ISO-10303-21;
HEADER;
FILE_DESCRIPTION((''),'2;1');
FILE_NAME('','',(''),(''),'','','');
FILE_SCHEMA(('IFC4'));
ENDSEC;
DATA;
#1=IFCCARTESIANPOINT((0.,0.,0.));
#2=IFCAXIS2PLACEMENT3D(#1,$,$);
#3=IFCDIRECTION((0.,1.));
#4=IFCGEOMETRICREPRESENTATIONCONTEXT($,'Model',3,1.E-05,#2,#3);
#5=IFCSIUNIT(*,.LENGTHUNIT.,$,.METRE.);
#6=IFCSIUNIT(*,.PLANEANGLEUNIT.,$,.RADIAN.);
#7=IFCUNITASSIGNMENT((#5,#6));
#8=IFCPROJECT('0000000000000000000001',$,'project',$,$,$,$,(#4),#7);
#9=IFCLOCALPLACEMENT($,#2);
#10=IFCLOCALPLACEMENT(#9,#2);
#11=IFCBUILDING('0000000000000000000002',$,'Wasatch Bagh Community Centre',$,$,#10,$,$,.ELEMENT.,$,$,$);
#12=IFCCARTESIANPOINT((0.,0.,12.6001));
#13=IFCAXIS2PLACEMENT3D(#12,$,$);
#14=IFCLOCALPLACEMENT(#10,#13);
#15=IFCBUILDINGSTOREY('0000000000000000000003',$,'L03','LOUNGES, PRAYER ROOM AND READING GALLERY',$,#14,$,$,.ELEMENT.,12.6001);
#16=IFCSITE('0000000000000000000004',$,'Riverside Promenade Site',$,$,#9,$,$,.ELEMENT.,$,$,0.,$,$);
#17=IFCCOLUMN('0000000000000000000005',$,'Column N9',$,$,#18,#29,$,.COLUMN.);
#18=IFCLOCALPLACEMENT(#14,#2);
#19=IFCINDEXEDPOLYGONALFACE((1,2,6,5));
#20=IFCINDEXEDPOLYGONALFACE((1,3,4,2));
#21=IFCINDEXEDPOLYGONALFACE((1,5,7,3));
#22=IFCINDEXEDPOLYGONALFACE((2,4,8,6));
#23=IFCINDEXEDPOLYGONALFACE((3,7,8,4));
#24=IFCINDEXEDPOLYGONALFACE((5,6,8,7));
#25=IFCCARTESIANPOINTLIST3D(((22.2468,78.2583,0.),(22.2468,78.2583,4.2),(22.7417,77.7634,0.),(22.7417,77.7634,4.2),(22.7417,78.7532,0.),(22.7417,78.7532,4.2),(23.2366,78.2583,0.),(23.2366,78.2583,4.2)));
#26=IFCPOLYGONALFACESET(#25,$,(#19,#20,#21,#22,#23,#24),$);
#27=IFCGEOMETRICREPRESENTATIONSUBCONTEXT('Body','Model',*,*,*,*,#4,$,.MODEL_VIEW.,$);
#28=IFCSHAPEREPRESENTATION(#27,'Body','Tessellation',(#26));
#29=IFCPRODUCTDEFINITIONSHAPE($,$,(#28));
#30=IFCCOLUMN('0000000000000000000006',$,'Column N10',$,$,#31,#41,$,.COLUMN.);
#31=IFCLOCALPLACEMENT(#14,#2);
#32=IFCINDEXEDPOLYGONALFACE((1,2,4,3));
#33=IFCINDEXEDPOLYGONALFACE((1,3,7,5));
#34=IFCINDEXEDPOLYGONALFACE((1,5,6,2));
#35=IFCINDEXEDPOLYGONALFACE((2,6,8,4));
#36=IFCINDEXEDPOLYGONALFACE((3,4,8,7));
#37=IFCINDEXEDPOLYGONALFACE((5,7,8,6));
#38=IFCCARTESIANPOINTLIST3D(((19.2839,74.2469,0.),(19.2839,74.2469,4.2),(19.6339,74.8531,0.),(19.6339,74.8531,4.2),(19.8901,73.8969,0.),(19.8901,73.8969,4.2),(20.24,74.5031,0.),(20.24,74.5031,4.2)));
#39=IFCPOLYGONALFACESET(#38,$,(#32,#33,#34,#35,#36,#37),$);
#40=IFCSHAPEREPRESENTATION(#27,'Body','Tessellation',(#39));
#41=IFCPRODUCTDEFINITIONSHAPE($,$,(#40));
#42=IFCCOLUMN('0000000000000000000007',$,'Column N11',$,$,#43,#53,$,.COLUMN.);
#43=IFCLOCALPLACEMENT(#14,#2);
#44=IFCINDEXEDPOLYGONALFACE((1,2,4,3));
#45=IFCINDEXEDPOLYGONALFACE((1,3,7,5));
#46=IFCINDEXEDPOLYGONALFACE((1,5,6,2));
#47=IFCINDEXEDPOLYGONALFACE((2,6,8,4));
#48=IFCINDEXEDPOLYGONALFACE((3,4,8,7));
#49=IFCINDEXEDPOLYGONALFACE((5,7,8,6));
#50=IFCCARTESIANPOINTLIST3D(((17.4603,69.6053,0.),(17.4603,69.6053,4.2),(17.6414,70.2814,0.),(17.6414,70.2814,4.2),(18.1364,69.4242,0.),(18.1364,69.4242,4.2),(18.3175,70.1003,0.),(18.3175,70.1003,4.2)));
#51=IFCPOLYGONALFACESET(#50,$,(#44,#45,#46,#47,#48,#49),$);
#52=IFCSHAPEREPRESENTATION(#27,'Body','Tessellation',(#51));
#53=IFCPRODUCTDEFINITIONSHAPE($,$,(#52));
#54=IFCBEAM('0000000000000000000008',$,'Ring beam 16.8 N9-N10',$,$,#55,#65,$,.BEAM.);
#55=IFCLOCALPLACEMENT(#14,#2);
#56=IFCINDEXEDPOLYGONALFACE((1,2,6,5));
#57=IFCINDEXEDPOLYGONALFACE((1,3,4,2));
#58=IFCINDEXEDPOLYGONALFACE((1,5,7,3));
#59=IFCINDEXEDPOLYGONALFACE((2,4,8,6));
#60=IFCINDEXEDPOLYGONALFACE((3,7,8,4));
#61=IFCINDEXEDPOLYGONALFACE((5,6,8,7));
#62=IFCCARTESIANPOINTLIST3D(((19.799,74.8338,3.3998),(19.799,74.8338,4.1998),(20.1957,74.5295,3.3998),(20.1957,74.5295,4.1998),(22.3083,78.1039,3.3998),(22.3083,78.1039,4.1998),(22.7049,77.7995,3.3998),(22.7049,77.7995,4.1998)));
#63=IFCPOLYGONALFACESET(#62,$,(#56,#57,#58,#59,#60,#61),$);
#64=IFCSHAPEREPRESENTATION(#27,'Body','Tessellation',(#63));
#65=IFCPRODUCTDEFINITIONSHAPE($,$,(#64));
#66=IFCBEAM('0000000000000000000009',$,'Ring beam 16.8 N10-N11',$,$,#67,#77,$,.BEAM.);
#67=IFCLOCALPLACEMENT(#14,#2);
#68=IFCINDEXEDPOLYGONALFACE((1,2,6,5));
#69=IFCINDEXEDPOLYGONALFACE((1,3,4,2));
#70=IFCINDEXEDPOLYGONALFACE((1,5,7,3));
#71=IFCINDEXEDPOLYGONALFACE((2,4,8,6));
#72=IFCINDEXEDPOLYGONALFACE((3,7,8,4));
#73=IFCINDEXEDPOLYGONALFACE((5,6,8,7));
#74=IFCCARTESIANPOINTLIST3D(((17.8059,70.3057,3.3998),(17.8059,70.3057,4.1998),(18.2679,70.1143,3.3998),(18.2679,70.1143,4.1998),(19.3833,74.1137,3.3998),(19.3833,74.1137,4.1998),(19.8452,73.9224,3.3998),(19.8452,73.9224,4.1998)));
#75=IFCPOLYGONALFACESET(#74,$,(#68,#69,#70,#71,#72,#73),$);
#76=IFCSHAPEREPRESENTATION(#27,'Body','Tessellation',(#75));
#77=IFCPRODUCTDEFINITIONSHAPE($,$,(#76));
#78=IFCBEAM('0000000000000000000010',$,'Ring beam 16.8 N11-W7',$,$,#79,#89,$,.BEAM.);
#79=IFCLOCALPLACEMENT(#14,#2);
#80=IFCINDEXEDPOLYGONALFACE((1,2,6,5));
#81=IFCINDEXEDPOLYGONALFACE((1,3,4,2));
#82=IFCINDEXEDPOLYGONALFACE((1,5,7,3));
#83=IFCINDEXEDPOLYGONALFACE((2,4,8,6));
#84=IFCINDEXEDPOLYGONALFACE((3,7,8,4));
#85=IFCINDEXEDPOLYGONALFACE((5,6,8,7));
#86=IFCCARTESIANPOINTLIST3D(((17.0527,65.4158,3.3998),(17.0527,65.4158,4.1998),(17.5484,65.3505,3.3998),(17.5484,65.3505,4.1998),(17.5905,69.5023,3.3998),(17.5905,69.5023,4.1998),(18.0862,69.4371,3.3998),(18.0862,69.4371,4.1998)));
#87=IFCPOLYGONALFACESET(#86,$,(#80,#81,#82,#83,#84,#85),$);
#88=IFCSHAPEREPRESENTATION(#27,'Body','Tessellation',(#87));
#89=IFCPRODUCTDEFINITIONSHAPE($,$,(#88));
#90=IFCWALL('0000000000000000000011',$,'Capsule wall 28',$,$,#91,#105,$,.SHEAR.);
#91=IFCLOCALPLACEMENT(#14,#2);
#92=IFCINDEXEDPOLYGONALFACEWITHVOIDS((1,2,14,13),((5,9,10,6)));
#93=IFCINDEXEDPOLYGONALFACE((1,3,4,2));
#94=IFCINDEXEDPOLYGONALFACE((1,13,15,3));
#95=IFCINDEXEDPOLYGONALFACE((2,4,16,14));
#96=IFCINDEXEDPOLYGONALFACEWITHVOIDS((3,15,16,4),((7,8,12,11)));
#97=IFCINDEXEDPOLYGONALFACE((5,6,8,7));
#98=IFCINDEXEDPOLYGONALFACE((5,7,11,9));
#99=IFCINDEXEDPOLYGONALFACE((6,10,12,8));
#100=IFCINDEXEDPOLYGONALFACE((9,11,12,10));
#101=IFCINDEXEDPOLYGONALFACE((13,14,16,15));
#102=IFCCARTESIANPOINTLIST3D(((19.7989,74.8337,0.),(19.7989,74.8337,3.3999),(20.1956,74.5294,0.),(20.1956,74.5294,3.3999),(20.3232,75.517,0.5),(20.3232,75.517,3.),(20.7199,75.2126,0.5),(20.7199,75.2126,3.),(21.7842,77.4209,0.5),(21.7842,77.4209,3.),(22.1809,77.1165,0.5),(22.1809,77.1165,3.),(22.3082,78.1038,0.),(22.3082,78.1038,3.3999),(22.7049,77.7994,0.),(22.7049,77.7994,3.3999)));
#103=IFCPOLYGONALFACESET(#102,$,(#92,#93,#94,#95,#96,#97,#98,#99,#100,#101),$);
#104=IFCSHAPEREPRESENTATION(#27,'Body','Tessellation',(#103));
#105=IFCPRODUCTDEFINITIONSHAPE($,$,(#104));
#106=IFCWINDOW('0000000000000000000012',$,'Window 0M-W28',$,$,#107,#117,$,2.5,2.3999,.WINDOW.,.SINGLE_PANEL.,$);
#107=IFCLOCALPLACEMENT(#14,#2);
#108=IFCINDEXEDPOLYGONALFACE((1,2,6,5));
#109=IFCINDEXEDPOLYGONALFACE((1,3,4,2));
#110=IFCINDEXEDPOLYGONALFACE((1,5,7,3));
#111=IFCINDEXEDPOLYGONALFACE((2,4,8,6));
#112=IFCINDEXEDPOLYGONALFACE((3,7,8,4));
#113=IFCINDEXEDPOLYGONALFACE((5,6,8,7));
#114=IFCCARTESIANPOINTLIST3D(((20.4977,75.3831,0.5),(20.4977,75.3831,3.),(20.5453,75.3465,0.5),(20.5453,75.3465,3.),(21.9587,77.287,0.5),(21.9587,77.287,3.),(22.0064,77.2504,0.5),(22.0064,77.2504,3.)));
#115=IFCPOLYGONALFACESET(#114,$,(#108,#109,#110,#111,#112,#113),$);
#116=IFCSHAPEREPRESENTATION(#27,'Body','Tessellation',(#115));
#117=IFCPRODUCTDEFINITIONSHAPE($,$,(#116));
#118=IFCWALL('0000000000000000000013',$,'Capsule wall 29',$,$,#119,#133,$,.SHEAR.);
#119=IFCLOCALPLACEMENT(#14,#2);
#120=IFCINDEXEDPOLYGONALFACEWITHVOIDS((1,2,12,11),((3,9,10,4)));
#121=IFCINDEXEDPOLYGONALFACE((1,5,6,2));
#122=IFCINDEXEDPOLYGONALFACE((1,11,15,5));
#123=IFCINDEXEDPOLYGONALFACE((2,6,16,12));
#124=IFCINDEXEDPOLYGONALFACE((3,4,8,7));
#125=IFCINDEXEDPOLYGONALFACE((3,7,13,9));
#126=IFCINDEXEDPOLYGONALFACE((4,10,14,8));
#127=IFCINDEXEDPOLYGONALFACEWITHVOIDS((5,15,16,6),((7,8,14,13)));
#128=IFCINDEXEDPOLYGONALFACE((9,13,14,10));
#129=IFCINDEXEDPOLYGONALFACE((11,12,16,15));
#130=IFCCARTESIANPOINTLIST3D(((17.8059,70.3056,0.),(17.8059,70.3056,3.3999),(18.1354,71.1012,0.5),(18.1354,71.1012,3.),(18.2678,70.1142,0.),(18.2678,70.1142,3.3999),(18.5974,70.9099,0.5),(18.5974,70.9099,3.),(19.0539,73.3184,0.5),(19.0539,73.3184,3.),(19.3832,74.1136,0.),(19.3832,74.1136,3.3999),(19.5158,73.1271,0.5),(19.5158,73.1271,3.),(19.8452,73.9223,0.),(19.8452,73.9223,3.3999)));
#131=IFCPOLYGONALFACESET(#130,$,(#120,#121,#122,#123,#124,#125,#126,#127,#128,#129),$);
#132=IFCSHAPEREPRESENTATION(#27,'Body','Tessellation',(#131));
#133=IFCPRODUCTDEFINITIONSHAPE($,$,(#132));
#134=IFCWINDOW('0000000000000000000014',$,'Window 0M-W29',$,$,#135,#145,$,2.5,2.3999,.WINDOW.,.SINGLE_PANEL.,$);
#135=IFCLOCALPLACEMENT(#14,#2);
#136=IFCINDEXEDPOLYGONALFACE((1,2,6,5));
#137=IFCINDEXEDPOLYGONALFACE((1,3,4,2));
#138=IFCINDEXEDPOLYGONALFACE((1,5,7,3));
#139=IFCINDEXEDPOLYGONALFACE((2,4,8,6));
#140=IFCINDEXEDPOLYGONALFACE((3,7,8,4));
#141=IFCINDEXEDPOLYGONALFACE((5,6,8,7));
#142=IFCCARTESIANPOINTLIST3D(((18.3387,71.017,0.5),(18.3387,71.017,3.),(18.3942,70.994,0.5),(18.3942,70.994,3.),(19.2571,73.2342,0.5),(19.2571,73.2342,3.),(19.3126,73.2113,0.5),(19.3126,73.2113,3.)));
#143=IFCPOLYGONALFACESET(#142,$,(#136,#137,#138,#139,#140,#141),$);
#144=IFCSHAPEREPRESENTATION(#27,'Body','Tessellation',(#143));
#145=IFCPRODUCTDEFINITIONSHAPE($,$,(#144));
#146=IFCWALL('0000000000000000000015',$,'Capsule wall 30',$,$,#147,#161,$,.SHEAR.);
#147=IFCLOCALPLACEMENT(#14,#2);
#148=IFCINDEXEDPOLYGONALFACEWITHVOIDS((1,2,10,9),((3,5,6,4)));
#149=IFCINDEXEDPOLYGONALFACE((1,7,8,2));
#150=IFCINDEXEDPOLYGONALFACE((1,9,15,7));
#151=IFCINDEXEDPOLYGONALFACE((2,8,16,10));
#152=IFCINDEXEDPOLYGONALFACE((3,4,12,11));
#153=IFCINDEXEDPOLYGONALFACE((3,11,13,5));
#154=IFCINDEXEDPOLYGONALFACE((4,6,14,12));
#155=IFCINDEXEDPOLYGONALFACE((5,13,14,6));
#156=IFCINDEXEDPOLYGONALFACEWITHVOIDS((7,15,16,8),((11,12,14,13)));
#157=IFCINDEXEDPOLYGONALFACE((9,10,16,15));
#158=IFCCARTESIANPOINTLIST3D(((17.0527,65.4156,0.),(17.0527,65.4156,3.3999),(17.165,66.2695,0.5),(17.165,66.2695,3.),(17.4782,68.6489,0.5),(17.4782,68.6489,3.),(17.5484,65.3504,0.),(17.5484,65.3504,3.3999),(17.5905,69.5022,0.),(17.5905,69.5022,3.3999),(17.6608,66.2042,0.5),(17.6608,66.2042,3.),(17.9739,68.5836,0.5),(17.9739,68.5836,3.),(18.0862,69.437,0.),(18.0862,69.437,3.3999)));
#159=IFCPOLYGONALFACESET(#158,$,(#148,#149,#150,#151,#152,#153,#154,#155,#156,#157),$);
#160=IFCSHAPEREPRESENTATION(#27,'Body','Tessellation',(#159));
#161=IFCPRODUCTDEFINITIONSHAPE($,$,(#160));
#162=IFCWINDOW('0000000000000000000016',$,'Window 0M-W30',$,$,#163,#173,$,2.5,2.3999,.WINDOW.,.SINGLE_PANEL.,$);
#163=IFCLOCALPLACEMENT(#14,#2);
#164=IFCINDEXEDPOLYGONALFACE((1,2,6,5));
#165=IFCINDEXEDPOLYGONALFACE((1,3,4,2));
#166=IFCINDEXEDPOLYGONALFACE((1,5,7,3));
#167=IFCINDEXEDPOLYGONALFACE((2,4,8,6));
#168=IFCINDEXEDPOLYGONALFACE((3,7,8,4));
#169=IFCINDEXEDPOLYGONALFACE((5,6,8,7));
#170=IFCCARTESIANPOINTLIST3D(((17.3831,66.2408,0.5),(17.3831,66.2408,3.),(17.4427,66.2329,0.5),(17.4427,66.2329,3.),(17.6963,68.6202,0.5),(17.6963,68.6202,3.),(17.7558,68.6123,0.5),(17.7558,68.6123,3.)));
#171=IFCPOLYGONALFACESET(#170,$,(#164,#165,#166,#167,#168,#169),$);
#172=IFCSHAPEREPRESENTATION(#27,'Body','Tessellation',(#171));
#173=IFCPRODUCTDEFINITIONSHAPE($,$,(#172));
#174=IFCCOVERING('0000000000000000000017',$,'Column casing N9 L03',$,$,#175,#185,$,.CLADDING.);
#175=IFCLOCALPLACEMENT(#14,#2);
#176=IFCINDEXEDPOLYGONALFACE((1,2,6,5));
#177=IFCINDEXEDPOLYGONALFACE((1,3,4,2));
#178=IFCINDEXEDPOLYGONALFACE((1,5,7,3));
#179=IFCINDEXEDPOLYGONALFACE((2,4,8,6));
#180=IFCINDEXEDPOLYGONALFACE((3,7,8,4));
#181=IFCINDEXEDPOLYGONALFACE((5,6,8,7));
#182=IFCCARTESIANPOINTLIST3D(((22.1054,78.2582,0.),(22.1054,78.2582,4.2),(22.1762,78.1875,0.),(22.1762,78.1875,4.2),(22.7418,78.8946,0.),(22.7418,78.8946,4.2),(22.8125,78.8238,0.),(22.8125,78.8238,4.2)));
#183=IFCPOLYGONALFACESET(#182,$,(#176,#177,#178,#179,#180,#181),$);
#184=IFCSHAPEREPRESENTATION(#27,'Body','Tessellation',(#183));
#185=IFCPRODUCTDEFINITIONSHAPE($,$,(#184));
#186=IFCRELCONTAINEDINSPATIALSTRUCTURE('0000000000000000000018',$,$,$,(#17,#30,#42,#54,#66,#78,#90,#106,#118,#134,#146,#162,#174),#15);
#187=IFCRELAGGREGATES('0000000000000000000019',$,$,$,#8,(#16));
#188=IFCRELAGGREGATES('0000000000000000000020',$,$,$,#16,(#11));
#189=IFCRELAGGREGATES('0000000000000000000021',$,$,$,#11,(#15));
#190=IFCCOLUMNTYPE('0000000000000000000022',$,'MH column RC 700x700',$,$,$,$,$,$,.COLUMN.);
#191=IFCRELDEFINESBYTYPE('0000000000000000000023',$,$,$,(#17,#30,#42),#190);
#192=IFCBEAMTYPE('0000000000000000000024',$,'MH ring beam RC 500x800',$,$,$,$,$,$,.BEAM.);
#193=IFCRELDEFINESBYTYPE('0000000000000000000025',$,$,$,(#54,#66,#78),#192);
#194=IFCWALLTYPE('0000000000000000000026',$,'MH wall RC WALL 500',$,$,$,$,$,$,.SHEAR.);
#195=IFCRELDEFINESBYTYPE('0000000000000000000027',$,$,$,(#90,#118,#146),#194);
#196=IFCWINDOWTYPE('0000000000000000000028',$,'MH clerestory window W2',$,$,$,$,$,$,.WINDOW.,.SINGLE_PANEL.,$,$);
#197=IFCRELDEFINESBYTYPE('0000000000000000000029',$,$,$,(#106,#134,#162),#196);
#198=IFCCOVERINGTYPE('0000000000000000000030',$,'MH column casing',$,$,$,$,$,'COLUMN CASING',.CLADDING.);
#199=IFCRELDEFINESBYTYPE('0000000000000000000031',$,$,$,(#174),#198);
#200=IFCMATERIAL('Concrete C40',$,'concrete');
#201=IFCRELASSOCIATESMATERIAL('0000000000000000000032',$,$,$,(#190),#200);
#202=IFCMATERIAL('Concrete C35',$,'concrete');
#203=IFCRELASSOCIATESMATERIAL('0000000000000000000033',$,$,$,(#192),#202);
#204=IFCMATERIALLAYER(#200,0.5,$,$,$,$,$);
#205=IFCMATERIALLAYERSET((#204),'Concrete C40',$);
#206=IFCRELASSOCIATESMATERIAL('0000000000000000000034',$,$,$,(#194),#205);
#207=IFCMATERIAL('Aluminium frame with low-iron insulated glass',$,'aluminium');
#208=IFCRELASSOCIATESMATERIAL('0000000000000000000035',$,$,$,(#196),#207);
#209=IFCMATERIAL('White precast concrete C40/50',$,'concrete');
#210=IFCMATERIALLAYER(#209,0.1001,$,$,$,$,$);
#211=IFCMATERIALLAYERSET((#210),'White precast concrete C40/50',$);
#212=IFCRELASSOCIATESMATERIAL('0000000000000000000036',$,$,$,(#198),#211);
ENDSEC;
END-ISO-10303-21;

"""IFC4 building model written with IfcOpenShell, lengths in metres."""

from ifc_helpers import new_model, si_unit, direction, frame, frame_2d, origin, origin_2d, place, context, subcontext, project, spatial, rectangle, extrude, material, layer, layer_set, material_profile, profile_set, type_object, element, fill, save


model = new_model("IFC4")

# Units and contexts
model_context = context("Model", 3, precision=1e-05, world=origin(), true_north=direction((0.0, 1.0)))
body_context = subcontext(model_context, "Body", "Model", "MODEL_VIEW")
ifc_project = project(units=[si_unit("LENGTHUNIT", "METRE"), si_unit("PLANEANGLEUNIT", "RADIAN")], contexts=[model_context])

# Site, building, storey
site_placement = place(None, origin())
site = spatial("IfcSite", under=ifc_project, at=site_placement, Name="Riverside Promenade Site", CompositionType="ELEMENT", RefElevation=0.0)
building_placement = place(site_placement, origin())
building = spatial("IfcBuilding", under=site, at=building_placement, Name="Wasatch Bagh Community Centre", CompositionType="ELEMENT")
storey_placement = place(building_placement, frame((0.0, 0.0, 12.6001)))
storey = spatial("IfcBuildingStorey", under=building, at=storey_placement, Name="L03", Description="LOUNGES, PRAYER ROOM AND READING GALLERY", CompositionType="ELEMENT", Elevation=12.6001)

# Columns
ifc_material_1 = material(Name="Concrete C40", Category="concrete")
ifc_material_profile_1 = material_profile(ifc_material_1, rectangle(XDim=0.7, YDim=0.7, at=origin_2d()), Name="RC 700x700")
ifc_profile_set_1 = profile_set([ifc_material_profile_1], Name="Concrete C40")
column_type = type_object("IfcColumnType", Name="MH column RC 700x700", PredefinedType="COLUMN", material=ifc_profile_set_1)
for number, where, z_axis, x_axis, name in (
    (1, (22.7417, 78.2583, 0.0), (0.0, 0.0, 1.0), (0.707107, 0.707107, 0.0), "Column N9"),
    (2, (19.762, 74.375, 0.0), (0.0, 0.0, 1.0), (0.5, 0.866025, 0.0), "Column N10"),
    (3, (17.8889, 69.8528, 0.0), (0.0, 0.0, 1.0), (0.258819, 0.965926, 0.0), "Column N11"),
):
    element("IfcColumn", number, at=place(storey_placement, frame(where, z_axis=z_axis, x_axis=x_axis)), inside=storey, type_object=column_type, Name=name, PredefinedType="COLUMN", context=body_context, shape_type="SweptSolid", body=[
        extrude(rectangle(XDim=0.7, YDim=0.7, at=origin_2d()), origin(), (0.0, 0.0, 1.0), 4.2),
    ])

# Beams
ifc_material_2 = material(Name="Concrete C35", Category="concrete")
ifc_material_profile_2 = material_profile(ifc_material_2, rectangle(XDim=0.5, YDim=0.8, at=origin_2d()), Name="RC 500x800")
ifc_profile_set_2 = profile_set([ifc_material_profile_2], Name="Concrete C35")
beam_type = type_object("IfcBeamType", Name="MH ring beam RC 500x800", PredefinedType="BEAM", material=ifc_profile_set_2)
for number, where, z_axis, x_axis, name in (
    (4, (22.5066, 77.9517, 3.7998), (-0.608777, -0.793341, 0.0), (0.793341, -0.608777, 0.0), "Ring beam 16.8 N9-N10"),
    (5, (19.6143, 74.0181, 3.7998), (-0.382688, -0.923878, 0.0), (0.923878, -0.382688, 0.0), "Ring beam 16.8 N10-N11"),
    (6, (17.8384, 69.4697, 3.7998), (-0.130484, -0.99145, 0.0), (0.99145, -0.130484, 0.0), "Ring beam 16.8 N11-W7"),
):
    element("IfcBeam", number, at=place(storey_placement, frame(where, z_axis=z_axis, x_axis=x_axis)), inside=storey, type_object=beam_type, Name=name, PredefinedType="BEAM", context=body_context, shape_type="SweptSolid", body=[
        extrude(rectangle(XDim=0.5, YDim=0.8, at=origin_2d()), origin(), (0.0, 0.0, 1.0), 4.1218),
    ])

# Walls, openings, windows
ifc_layer_1 = layer(ifc_material_1, 0.5)
ifc_layer_set_1 = layer_set([ifc_layer_1], Name="Concrete C40")
wall_type = type_object("IfcWallType", Name="MH wall RC WALL 500", PredefinedType="SHEAR", material=ifc_layer_set_1)
wall_1_placement = place(storey_placement, frame((22.5066, 77.9517, 0.0), z_axis=(0.0, 0.0, 1.0), x_axis=(-0.608777, -0.793341, 0.0)))
wall_1 = element("IfcWall", 7, at=wall_1_placement, inside=storey, type_object=wall_type, Name="Capsule wall 28", PredefinedType="SHEAR", context=body_context, shape_type="SweptSolid", body=[
    extrude(rectangle(XDim=4.1218, YDim=0.5, at=frame_2d((2.061, 0.0))), origin(), (0.0, 0.0, 1.0), 3.3999),
])
opening_1_placement = place(wall_1_placement, frame((0.8608, 0.0, 0.5)))
opening_1 = element("IfcOpeningElement", 8, at=opening_1_placement, cuts=wall_1, PredefinedType="OPENING", context=body_context, shape_type="SweptSolid", body=[
    extrude(rectangle(XDim=2.3999, YDim=2.5, at=frame_2d((1.2, 1.25))), frame((0.0, 0.26, 0.0), z_axis=(0.0, -1.0, 0.0), x_axis=(1.0, 0.0, 0.0)), (0.0, 0.0, 1.0), 0.52),
])
ifc_material_3 = material(Name="Aluminium frame with low-iron insulated glass", Category="aluminium")
window_type = type_object("IfcWindowType", Name="MH clerestory window W2", PartitioningType="SINGLE_PANEL", PredefinedType="WINDOW", material=ifc_material_3)
window_1_placement = place(opening_1_placement, origin())
window_1 = element("IfcWindow", 9, at=window_1_placement, inside=storey, type_object=window_type, Name="Window 0M-W28", OverallHeight=2.5, OverallWidth=2.3999, PartitioningType="SINGLE_PANEL", PredefinedType="WINDOW", context=body_context, shape_type="SweptSolid", body=[
    extrude(rectangle(XDim=2.3999, YDim=2.5, at=frame_2d((1.2, 1.25))), frame((0.0, 0.03, 0.0), z_axis=(0.0, -1.0, 0.0), x_axis=(1.0, 0.0, 0.0)), (0.0, 0.0, 1.0), 0.0601),
])
fill(opening_1, window_1)
wall_2_placement = place(storey_placement, frame((19.6143, 74.0181, 0.0), z_axis=(0.0, 0.0, 1.0), x_axis=(-0.382688, -0.923878, 0.0)))
wall_2 = element("IfcWall", 10, at=wall_2_placement, inside=storey, type_object=wall_type, Name="Capsule wall 29", PredefinedType="SHEAR", context=body_context, shape_type="SweptSolid", body=[
    extrude(rectangle(XDim=4.1218, YDim=0.5, at=frame_2d((2.061, 0.0))), origin(), (0.0, 0.0, 1.0), 3.3999),
])
opening_2_placement = place(wall_2_placement, frame((0.8608, 0.0, 0.5)))
opening_2 = element("IfcOpeningElement", 11, at=opening_2_placement, cuts=wall_2, PredefinedType="OPENING", context=body_context, shape_type="SweptSolid", body=[
    extrude(rectangle(XDim=2.3999, YDim=2.5, at=frame_2d((1.2, 1.25))), frame((0.0, 0.26, 0.0), z_axis=(0.0, -1.0, 0.0), x_axis=(1.0, 0.0, 0.0)), (0.0, 0.0, 1.0), 0.52),
])
window_2_placement = place(opening_2_placement, origin())
window_2 = element("IfcWindow", 12, at=window_2_placement, inside=storey, type_object=window_type, Name="Window 0M-W29", OverallHeight=2.5, OverallWidth=2.3999, PartitioningType="SINGLE_PANEL", PredefinedType="WINDOW", context=body_context, shape_type="SweptSolid", body=[
    extrude(rectangle(XDim=2.3999, YDim=2.5, at=frame_2d((1.2, 1.25))), frame((0.0, 0.03, 0.0), z_axis=(0.0, -1.0, 0.0), x_axis=(1.0, 0.0, 0.0)), (0.0, 0.0, 1.0), 0.0601),
])
fill(opening_2, window_2)
wall_3_placement = place(storey_placement, frame((17.8384, 69.4697, 0.0), z_axis=(0.0, 0.0, 1.0), x_axis=(-0.130484, -0.99145, 0.0)))
wall_3 = element("IfcWall", 13, at=wall_3_placement, inside=storey, type_object=wall_type, Name="Capsule wall 30", PredefinedType="SHEAR", context=body_context, shape_type="SweptSolid", body=[
    extrude(rectangle(XDim=4.1218, YDim=0.5, at=frame_2d((2.061, 0.0))), origin(), (0.0, 0.0, 1.0), 3.3999),
])
opening_3_placement = place(wall_3_placement, frame((0.8608, 0.0, 0.5)))
opening_3 = element("IfcOpeningElement", 14, at=opening_3_placement, cuts=wall_3, PredefinedType="OPENING", context=body_context, shape_type="SweptSolid", body=[
    extrude(rectangle(XDim=2.3999, YDim=2.5, at=frame_2d((1.2, 1.25))), frame((0.0, 0.26, 0.0), z_axis=(0.0, -1.0, 0.0), x_axis=(1.0, 0.0, 0.0)), (0.0, 0.0, 1.0), 0.52),
])
window_3_placement = place(opening_3_placement, origin())
window_3 = element("IfcWindow", 15, at=window_3_placement, inside=storey, type_object=window_type, Name="Window 0M-W30", OverallHeight=2.5, OverallWidth=2.3999, PartitioningType="SINGLE_PANEL", PredefinedType="WINDOW", context=body_context, shape_type="SweptSolid", body=[
    extrude(rectangle(XDim=2.3999, YDim=2.5, at=frame_2d((1.2, 1.25))), frame((0.0, 0.03, 0.0), z_axis=(0.0, -1.0, 0.0), x_axis=(1.0, 0.0, 0.0)), (0.0, 0.0, 1.0), 0.0601),
])
fill(opening_3, window_3)

# Covering
ifc_material_4 = material(Name="White precast concrete C40/50", Category="concrete")
ifc_layer_2 = layer(ifc_material_4, 0.1001)
ifc_layer_set_2 = layer_set([ifc_layer_2], Name="White precast concrete C40/50")
covering_type = type_object("IfcCoveringType", Name="MH column casing", ElementType="COLUMN CASING", PredefinedType="CLADDING", material=ifc_layer_set_2)
for number, where, z_axis, x_axis, name in (
    (16, (22.459, 78.541, 0.0), (0.0, 0.0, 1.0), (-0.707107, -0.707107, 0.0), "Column casing N9 L03"),
):
    element("IfcCovering", number, at=place(storey_placement, frame(where, z_axis=z_axis, x_axis=x_axis)), inside=storey, type_object=covering_type, Name=name, PredefinedType="CLADDING", context=body_context, shape_type="SweptSolid", body=[
        extrude(rectangle(XDim=0.8999, YDim=0.1001, at=origin_2d()), origin(), (0.0, 0.0, 1.0), 4.2),
    ])

save(model, "model.ifc")
